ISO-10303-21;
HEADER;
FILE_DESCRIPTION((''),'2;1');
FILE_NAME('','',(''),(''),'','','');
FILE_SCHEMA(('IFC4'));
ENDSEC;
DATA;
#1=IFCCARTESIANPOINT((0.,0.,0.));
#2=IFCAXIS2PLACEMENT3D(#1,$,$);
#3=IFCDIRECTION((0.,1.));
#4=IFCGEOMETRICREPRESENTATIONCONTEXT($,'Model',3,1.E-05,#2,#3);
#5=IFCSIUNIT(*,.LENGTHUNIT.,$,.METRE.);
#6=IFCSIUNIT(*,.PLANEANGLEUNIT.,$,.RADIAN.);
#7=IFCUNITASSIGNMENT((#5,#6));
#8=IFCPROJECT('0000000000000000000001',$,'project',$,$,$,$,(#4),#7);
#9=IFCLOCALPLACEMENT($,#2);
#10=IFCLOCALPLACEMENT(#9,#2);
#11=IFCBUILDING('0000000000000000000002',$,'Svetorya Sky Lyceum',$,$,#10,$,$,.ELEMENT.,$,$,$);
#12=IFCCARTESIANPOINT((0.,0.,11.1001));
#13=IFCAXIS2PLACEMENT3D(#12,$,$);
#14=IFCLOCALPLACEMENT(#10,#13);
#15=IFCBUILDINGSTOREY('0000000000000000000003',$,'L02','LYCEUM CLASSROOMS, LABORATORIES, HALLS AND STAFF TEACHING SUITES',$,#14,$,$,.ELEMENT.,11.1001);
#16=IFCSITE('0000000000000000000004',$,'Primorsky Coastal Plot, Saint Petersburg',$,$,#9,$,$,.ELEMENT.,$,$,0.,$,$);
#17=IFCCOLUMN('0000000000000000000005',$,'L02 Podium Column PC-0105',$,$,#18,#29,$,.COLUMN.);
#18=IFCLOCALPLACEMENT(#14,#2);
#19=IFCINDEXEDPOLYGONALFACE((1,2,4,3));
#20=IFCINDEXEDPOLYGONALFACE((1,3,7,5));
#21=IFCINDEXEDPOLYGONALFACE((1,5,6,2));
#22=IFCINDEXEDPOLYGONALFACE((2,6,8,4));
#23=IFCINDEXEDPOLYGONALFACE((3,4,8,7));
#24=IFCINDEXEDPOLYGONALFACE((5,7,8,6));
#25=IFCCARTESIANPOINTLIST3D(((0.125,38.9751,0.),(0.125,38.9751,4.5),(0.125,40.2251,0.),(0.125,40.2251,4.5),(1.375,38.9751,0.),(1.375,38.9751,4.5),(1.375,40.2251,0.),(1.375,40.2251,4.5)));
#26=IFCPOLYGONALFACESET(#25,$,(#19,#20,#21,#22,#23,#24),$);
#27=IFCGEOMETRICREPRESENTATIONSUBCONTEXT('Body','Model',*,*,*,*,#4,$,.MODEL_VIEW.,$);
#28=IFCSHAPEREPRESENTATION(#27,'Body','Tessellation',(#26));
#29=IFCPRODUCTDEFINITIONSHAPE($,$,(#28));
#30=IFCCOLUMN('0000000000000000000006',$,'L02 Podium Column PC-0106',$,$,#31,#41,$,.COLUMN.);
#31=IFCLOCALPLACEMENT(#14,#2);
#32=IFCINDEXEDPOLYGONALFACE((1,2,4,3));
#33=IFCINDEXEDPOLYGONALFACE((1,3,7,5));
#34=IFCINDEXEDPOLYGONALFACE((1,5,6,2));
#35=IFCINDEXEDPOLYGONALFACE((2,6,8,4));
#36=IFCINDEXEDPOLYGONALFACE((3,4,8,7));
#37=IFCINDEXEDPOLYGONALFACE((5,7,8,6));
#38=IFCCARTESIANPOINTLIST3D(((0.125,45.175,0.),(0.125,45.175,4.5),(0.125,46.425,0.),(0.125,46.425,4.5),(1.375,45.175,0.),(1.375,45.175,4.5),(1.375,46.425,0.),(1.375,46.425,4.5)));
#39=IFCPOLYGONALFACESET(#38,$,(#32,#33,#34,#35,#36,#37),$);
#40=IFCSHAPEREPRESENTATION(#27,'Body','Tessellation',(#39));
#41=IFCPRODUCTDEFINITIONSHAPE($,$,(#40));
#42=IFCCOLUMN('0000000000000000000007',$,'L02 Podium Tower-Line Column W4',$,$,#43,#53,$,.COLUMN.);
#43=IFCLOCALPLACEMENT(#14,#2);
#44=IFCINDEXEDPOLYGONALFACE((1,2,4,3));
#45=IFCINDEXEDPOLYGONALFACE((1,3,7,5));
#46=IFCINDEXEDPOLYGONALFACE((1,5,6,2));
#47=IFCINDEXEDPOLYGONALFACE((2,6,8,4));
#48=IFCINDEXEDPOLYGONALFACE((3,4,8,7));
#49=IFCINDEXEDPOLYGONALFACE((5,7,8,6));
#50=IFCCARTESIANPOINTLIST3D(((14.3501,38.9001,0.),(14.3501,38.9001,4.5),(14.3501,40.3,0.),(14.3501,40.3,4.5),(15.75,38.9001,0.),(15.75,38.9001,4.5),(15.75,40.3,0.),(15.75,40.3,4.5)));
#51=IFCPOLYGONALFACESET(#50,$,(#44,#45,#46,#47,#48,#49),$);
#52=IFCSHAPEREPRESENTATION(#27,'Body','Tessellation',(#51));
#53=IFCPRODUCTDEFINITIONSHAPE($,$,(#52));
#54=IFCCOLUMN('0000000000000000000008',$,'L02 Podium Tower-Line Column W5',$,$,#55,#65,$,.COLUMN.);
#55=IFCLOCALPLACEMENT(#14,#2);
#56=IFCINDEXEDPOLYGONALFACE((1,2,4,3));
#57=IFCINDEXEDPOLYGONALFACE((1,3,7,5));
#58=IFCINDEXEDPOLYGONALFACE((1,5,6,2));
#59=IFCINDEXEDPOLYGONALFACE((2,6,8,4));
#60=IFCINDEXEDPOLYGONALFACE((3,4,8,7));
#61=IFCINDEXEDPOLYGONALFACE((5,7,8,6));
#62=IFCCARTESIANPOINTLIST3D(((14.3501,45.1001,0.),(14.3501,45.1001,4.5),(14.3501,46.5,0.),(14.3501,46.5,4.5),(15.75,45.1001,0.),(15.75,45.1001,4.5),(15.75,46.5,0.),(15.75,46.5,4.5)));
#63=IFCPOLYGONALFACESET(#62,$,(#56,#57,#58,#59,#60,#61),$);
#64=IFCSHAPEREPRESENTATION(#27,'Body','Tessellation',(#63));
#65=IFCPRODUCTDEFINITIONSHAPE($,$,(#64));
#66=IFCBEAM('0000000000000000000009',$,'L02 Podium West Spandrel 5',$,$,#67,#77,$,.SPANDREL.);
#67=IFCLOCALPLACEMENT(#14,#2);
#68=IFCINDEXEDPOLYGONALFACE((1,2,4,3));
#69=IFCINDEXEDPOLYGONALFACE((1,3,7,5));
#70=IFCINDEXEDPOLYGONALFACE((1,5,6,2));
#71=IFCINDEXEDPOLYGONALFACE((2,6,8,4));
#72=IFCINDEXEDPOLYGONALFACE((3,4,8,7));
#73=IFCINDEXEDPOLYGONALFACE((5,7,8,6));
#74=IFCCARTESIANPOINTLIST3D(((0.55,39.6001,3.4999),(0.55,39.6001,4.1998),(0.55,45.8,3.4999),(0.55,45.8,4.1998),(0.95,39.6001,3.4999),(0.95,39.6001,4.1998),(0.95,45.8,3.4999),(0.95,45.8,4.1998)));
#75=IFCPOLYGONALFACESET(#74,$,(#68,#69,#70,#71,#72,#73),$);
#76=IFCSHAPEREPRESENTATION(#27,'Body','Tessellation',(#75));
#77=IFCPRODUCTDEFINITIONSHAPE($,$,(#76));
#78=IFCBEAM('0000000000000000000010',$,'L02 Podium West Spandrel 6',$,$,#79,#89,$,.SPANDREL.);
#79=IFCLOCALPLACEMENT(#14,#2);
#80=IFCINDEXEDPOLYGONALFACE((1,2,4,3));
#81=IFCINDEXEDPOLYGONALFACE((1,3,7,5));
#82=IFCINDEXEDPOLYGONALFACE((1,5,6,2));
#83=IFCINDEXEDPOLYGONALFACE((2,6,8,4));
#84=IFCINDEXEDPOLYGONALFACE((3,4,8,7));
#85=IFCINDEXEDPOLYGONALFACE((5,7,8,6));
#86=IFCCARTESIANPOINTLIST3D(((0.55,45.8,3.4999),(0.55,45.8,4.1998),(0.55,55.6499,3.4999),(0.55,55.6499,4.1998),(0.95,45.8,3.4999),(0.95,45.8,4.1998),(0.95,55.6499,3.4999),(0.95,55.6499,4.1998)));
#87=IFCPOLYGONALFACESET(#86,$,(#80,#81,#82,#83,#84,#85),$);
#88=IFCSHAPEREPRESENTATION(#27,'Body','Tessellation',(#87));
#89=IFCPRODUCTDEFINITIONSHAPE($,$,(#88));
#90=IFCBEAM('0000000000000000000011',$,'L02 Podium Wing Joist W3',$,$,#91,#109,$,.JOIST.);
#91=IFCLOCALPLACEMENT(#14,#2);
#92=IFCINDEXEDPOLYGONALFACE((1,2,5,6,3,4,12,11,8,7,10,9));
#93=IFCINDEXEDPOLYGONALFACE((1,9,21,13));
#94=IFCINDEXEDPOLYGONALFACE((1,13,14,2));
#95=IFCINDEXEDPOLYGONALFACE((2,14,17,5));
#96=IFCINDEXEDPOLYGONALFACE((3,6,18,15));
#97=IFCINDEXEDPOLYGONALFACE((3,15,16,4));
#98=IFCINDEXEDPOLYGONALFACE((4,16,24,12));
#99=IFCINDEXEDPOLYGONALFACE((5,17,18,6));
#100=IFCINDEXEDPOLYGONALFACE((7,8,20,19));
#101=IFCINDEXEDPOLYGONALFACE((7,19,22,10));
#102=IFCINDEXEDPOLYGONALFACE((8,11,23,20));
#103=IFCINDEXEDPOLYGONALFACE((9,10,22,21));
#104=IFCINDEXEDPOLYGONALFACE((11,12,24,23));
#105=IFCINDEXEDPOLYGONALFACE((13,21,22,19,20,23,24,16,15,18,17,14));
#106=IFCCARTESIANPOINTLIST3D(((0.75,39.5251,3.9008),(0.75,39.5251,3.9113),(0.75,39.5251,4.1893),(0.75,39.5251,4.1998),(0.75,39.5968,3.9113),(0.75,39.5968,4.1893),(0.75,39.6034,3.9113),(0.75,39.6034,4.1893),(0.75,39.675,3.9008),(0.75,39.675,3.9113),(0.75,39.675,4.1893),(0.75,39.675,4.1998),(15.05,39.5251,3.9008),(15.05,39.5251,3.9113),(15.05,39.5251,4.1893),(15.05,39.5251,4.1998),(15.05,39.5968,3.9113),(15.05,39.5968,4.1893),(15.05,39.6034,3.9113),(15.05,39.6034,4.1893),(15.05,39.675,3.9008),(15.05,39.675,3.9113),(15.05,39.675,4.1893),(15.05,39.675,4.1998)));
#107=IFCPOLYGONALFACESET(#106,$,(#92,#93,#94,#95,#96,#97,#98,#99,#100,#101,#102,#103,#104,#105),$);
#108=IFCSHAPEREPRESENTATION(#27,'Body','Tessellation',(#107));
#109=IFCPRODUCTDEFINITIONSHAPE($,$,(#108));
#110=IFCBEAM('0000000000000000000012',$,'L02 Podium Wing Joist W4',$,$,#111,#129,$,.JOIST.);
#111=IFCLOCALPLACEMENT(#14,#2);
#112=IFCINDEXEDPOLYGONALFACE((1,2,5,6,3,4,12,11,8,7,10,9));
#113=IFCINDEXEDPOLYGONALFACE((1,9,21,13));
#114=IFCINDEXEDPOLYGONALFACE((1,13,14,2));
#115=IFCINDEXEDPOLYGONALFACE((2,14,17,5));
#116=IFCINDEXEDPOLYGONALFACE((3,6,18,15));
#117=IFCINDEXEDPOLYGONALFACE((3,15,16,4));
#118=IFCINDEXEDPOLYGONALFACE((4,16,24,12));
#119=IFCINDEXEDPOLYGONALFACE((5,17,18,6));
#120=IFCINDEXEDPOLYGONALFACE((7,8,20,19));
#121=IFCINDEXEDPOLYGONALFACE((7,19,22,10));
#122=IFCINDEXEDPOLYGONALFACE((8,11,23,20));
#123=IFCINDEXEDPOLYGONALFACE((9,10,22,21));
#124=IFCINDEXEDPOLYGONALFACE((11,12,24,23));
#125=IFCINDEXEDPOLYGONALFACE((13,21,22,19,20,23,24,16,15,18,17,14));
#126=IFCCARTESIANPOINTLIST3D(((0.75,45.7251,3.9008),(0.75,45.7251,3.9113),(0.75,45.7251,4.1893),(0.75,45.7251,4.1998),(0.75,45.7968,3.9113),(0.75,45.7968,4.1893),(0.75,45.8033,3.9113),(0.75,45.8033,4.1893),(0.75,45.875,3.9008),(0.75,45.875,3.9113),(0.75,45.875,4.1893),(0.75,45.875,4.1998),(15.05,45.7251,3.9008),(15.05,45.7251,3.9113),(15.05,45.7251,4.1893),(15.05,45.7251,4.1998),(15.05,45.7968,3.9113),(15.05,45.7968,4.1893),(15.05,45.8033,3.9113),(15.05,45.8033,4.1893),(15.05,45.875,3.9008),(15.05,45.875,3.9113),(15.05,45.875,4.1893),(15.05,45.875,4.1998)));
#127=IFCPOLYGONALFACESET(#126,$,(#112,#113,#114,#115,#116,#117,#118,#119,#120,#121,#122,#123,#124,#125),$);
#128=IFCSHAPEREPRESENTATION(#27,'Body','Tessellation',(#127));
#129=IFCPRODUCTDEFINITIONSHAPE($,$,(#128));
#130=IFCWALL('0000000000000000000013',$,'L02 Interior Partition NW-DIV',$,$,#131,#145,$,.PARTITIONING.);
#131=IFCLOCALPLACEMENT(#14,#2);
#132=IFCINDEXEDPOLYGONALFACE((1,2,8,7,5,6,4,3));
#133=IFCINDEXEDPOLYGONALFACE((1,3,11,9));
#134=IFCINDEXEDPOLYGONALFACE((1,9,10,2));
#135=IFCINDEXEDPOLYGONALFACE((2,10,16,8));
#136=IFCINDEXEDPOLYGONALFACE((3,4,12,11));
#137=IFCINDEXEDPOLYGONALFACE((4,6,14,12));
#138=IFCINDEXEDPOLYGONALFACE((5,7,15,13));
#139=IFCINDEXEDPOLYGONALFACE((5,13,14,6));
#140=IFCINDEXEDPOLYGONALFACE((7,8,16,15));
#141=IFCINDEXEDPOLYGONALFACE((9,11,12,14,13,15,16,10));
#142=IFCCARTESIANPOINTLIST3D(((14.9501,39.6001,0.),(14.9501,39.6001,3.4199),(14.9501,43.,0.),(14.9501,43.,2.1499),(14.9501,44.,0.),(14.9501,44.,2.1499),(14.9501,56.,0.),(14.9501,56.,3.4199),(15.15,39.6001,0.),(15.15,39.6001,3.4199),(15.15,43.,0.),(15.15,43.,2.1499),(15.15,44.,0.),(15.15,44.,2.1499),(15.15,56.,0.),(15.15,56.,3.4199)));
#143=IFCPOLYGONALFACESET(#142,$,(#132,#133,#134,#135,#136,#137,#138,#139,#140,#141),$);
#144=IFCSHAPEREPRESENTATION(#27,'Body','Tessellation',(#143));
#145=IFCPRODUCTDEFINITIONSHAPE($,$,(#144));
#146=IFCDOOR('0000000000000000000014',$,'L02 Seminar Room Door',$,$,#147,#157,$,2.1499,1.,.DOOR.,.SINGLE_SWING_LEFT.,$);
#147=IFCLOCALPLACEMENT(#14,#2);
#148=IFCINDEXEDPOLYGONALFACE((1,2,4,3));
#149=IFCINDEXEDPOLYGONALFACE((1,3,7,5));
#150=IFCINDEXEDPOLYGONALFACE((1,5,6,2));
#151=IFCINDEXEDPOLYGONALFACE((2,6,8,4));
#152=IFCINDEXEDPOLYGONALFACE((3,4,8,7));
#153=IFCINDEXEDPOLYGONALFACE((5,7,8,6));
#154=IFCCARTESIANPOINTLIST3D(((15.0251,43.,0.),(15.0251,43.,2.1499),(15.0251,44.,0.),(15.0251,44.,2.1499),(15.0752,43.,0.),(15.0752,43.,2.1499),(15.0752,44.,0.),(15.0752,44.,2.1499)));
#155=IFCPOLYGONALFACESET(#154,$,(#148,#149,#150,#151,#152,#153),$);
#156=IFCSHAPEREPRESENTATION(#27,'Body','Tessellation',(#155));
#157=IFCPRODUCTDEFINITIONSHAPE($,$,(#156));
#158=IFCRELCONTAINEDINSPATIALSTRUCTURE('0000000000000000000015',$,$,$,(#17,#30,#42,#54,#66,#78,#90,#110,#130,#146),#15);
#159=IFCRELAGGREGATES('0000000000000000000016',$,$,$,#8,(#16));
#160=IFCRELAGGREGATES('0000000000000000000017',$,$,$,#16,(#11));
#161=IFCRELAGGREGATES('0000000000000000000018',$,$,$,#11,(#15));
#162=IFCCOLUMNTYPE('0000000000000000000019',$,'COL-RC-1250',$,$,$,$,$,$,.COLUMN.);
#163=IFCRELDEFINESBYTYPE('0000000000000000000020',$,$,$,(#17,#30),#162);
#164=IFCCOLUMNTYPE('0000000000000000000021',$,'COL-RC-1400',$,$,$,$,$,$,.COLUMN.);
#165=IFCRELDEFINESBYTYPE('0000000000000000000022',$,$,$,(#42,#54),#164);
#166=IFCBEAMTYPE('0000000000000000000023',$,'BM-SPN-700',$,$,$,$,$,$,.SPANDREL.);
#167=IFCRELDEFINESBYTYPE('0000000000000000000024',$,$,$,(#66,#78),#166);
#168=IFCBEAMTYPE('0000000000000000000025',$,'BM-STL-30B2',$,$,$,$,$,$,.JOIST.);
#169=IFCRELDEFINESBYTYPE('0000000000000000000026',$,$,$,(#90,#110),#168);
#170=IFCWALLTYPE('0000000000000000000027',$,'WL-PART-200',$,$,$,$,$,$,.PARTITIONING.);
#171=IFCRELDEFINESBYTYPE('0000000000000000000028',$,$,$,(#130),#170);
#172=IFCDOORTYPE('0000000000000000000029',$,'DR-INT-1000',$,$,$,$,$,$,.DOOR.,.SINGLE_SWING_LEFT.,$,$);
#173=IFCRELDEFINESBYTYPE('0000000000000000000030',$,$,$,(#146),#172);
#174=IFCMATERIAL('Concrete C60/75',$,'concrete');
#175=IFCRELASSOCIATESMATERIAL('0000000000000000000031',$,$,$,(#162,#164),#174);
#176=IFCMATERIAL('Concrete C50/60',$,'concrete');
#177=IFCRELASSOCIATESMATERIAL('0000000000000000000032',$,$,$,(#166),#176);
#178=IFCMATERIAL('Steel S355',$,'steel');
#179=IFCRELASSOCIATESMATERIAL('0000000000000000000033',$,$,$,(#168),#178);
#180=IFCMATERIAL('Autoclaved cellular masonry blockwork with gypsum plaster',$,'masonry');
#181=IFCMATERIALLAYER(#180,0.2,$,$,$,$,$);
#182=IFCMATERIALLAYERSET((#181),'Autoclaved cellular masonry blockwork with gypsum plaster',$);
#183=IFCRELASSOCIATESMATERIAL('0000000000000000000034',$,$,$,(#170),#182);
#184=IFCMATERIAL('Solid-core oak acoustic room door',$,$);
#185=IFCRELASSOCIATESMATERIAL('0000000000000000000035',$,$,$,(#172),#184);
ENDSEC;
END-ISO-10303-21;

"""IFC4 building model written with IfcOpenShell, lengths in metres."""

from ifc_helpers import new_model, si_unit, direction, frame, frame_2d, origin, origin_2d, place, context, subcontext, project, spatial, rectangle, i_section, extrude, material, layer, layer_set, material_profile, profile_set, type_object, element, fill, save


model = new_model("IFC4")

# Units and contexts
model_context = context("Model", 3, precision=1e-05, world=origin(), true_north=direction((0.0, 1.0)))
body_context = subcontext(model_context, "Body", "Model", "MODEL_VIEW")
ifc_project = project(units=[si_unit("LENGTHUNIT", "METRE"), si_unit("PLANEANGLEUNIT", "RADIAN")], contexts=[model_context])

# Site, building, storey
site_placement = place(None, origin())
site = spatial("IfcSite", under=ifc_project, at=site_placement, Name="Primorsky Coastal Plot, Saint Petersburg", CompositionType="ELEMENT", RefElevation=0.0)
building_placement = place(site_placement, origin())
building = spatial("IfcBuilding", under=site, at=building_placement, Name="Svetorya Sky Lyceum", CompositionType="ELEMENT")
storey_placement = place(building_placement, frame((0.0, 0.0, 11.1001)))
storey = spatial("IfcBuildingStorey", under=building, at=storey_placement, Name="L02", Description="LYCEUM CLASSROOMS, LABORATORIES, HALLS AND STAFF TEACHING SUITES", CompositionType="ELEMENT", Elevation=11.1001)

# Columns
ifc_material_1 = material(Name="Concrete C60/75", Category="concrete")
ifc_material_profile_1 = material_profile(ifc_material_1, rectangle(XDim=1.25, YDim=1.25, at=origin_2d()), Name="RC COL 1250x1250")
ifc_profile_set_1 = profile_set([ifc_material_profile_1], Name="Concrete C60/75")
column_type_1 = type_object("IfcColumnType", Name="COL-RC-1250", PredefinedType="COLUMN", material=ifc_profile_set_1)
for number, where, z_axis, x_axis, name in (
    (1, (0.75, 39.6001, 0.0), (0.0, 0.0, 1.0), (1.0, 0.0, 0.0), "L02 Podium Column PC-0105"),
    (2, (0.75, 45.8, 0.0), (0.0, 0.0, 1.0), (1.0, 0.0, 0.0), "L02 Podium Column PC-0106"),
):
    element("IfcColumn", number, at=place(storey_placement, frame(where, z_axis=z_axis, x_axis=x_axis)), inside=storey, type_object=column_type_1, Name=name, PredefinedType="COLUMN", context=body_context, shape_type="SweptSolid", body=[
        extrude(rectangle(XDim=1.25, YDim=1.25, at=origin_2d()), origin(), (0.0, 0.0, 1.0), 4.5),
    ])
ifc_material_profile_2 = material_profile(ifc_material_1, rectangle(XDim=1.3999, YDim=1.3999, at=origin_2d()), Name="RC COL 1400x1400")
ifc_profile_set_2 = profile_set([ifc_material_profile_2], Name="Concrete C60/75")
column_type_2 = type_object("IfcColumnType", Name="COL-RC-1400", PredefinedType="COLUMN", material=ifc_profile_set_2)
for number, where, z_axis, x_axis, name in (
    (3, (15.05, 39.6001, 0.0), (0.0, 0.0, 1.0), (1.0, 0.0, 0.0), "L02 Podium Tower-Line Column W4"),
    (4, (15.05, 45.8, 0.0), (0.0, 0.0, 1.0), (1.0, 0.0, 0.0), "L02 Podium Tower-Line Column W5"),
):
    element("IfcColumn", number, at=place(storey_placement, frame(where, z_axis=z_axis, x_axis=x_axis)), inside=storey, type_object=column_type_2, Name=name, PredefinedType="COLUMN", context=body_context, shape_type="SweptSolid", body=[
        extrude(rectangle(XDim=1.3999, YDim=1.3999, at=origin_2d()), origin(), (0.0, 0.0, 1.0), 4.5),
    ])

# Beams
ifc_material_2 = material(Name="Concrete C50/60", Category="concrete")
ifc_material_profile_3 = material_profile(ifc_material_2, rectangle(XDim=0.3999, YDim=0.7, at=origin_2d()), Name="RC SPANDREL 400x700")
ifc_profile_set_3 = profile_set([ifc_material_profile_3], Name="Concrete C50/60")
beam_type_1 = type_object("IfcBeamType", Name="BM-SPN-700", PredefinedType="SPANDREL", material=ifc_profile_set_3)
beam_1_placement = place(storey_placement, frame((0.75, 39.6001, 3.8499), z_axis=(0.0, 1.0, 0.0), x_axis=(-1.0, 0.0, 0.0)))
element("IfcBeam", 5, at=beam_1_placement, inside=storey, type_object=beam_type_1, Name="L02 Podium West Spandrel 5", PredefinedType="SPANDREL", context=body_context, shape_type="SweptSolid", body=[
    extrude(rectangle(XDim=0.3999, YDim=0.7, at=origin_2d()), origin(), (0.0, 0.0, 1.0), 6.2),
])
beam_2_placement = place(storey_placement, frame((0.75, 45.8, 3.8499), z_axis=(0.0, 1.0, 0.0), x_axis=(-1.0, 0.0, 0.0)))
element("IfcBeam", 6, at=beam_2_placement, inside=storey, type_object=beam_type_1, Name="L02 Podium West Spandrel 6", PredefinedType="SPANDREL", context=body_context, shape_type="SweptSolid", body=[
    extrude(rectangle(XDim=0.3999, YDim=0.7, at=origin_2d()), origin(), (0.0, 0.0, 1.0), 9.8499),
])
ifc_material_3 = material(Name="Steel S355", Category="steel")
ifc_material_profile_4 = material_profile(ifc_material_3, i_section(OverallWidth=0.1499, OverallDepth=0.2991, WebThickness=0.0066, FlangeThickness=0.0105, at=origin_2d()), Name="GOST 30B2")
ifc_profile_set_4 = profile_set([ifc_material_profile_4], Name="Steel S355")
beam_type_2 = type_object("IfcBeamType", Name="BM-STL-30B2", PredefinedType="JOIST", material=ifc_profile_set_4)
for number, where, z_axis, x_axis, name in (
    (7, (0.75, 39.6001, 4.0503), (1.0, 0.0, 0.0), (0.0, 1.0, 0.0), "L02 Podium Wing Joist W3"),
    (8, (0.75, 45.8, 4.0503), (1.0, 0.0, 0.0), (0.0, 1.0, 0.0), "L02 Podium Wing Joist W4"),
):
    element("IfcBeam", number, at=place(storey_placement, frame(where, z_axis=z_axis, x_axis=x_axis)), inside=storey, type_object=beam_type_2, Name=name, PredefinedType="JOIST", context=body_context, shape_type="SweptSolid", body=[
        extrude(i_section(OverallWidth=0.1499, OverallDepth=0.2991, WebThickness=0.0066, FlangeThickness=0.0105, at=origin_2d()), origin(), (0.0, 0.0, 1.0), 14.3),
    ])

# Wall, opening, door
ifc_material_4 = material(Name="Autoclaved cellular masonry blockwork with gypsum plaster", Category="masonry")
ifc_layer_1 = layer(ifc_material_4, 0.2)
ifc_layer_set_1 = layer_set([ifc_layer_1], Name="Autoclaved cellular masonry blockwork with gypsum plaster")
wall_type_1 = type_object("IfcWallType", Name="WL-PART-200", PredefinedType="PARTITIONING", material=ifc_layer_set_1)
wall_1_placement = place(storey_placement, frame((15.05, 39.6001, 0.0), z_axis=(0.0, 0.0, 1.0), x_axis=(0.0, 1.0, 0.0)))
wall_1 = element("IfcWall", 9, at=wall_1_placement, inside=storey, type_object=wall_type_1, Name="L02 Interior Partition NW-DIV", PredefinedType="PARTITIONING", context=body_context, shape_type="SweptSolid", body=[
    extrude(rectangle(XDim=16.3999, YDim=0.2, at=frame_2d((8.2, 0.0))), origin(), (0.0, 0.0, 1.0), 3.4199),
])
opening_1_placement = place(wall_1_placement, frame((3.3999, 0.0, 0.0)))
opening_1 = element("IfcOpeningElement", 10, at=opening_1_placement, cuts=wall_1, PredefinedType="OPENING", context=body_context, shape_type="SweptSolid", body=[
    extrude(rectangle(XDim=1.0, YDim=2.1499, at=frame_2d((0.5, 1.075))), frame((0.0, 0.1099, 0.0), z_axis=(0.0, -1.0, 0.0), x_axis=(1.0, 0.0, 0.0)), (0.0, 0.0, 1.0), 0.22),
])
ifc_material_5 = material(Name="Solid-core oak acoustic room door")
door_type = type_object("IfcDoorType", Name="DR-INT-1000", OperationType="SINGLE_SWING_LEFT", PredefinedType="DOOR", material=ifc_material_5)
door_placement = place(opening_1_placement, origin())
door = element("IfcDoor", 11, at=door_placement, inside=storey, type_object=door_type, Name="L02 Seminar Room Door", OperationType="SINGLE_SWING_LEFT", OverallHeight=2.1499, OverallWidth=1.0, PredefinedType="DOOR", context=body_context, shape_type="SweptSolid", body=[
    extrude(rectangle(XDim=1.0, YDim=2.1499, at=frame_2d((0.5, 1.075))), frame((0.0, 0.0249, 0.0), z_axis=(0.0, -1.0, 0.0), x_axis=(1.0, 0.0, 0.0)), (0.0, 0.0, 1.0), 0.05),
])
fill(opening_1, door)

save(model, "model.ifc")
